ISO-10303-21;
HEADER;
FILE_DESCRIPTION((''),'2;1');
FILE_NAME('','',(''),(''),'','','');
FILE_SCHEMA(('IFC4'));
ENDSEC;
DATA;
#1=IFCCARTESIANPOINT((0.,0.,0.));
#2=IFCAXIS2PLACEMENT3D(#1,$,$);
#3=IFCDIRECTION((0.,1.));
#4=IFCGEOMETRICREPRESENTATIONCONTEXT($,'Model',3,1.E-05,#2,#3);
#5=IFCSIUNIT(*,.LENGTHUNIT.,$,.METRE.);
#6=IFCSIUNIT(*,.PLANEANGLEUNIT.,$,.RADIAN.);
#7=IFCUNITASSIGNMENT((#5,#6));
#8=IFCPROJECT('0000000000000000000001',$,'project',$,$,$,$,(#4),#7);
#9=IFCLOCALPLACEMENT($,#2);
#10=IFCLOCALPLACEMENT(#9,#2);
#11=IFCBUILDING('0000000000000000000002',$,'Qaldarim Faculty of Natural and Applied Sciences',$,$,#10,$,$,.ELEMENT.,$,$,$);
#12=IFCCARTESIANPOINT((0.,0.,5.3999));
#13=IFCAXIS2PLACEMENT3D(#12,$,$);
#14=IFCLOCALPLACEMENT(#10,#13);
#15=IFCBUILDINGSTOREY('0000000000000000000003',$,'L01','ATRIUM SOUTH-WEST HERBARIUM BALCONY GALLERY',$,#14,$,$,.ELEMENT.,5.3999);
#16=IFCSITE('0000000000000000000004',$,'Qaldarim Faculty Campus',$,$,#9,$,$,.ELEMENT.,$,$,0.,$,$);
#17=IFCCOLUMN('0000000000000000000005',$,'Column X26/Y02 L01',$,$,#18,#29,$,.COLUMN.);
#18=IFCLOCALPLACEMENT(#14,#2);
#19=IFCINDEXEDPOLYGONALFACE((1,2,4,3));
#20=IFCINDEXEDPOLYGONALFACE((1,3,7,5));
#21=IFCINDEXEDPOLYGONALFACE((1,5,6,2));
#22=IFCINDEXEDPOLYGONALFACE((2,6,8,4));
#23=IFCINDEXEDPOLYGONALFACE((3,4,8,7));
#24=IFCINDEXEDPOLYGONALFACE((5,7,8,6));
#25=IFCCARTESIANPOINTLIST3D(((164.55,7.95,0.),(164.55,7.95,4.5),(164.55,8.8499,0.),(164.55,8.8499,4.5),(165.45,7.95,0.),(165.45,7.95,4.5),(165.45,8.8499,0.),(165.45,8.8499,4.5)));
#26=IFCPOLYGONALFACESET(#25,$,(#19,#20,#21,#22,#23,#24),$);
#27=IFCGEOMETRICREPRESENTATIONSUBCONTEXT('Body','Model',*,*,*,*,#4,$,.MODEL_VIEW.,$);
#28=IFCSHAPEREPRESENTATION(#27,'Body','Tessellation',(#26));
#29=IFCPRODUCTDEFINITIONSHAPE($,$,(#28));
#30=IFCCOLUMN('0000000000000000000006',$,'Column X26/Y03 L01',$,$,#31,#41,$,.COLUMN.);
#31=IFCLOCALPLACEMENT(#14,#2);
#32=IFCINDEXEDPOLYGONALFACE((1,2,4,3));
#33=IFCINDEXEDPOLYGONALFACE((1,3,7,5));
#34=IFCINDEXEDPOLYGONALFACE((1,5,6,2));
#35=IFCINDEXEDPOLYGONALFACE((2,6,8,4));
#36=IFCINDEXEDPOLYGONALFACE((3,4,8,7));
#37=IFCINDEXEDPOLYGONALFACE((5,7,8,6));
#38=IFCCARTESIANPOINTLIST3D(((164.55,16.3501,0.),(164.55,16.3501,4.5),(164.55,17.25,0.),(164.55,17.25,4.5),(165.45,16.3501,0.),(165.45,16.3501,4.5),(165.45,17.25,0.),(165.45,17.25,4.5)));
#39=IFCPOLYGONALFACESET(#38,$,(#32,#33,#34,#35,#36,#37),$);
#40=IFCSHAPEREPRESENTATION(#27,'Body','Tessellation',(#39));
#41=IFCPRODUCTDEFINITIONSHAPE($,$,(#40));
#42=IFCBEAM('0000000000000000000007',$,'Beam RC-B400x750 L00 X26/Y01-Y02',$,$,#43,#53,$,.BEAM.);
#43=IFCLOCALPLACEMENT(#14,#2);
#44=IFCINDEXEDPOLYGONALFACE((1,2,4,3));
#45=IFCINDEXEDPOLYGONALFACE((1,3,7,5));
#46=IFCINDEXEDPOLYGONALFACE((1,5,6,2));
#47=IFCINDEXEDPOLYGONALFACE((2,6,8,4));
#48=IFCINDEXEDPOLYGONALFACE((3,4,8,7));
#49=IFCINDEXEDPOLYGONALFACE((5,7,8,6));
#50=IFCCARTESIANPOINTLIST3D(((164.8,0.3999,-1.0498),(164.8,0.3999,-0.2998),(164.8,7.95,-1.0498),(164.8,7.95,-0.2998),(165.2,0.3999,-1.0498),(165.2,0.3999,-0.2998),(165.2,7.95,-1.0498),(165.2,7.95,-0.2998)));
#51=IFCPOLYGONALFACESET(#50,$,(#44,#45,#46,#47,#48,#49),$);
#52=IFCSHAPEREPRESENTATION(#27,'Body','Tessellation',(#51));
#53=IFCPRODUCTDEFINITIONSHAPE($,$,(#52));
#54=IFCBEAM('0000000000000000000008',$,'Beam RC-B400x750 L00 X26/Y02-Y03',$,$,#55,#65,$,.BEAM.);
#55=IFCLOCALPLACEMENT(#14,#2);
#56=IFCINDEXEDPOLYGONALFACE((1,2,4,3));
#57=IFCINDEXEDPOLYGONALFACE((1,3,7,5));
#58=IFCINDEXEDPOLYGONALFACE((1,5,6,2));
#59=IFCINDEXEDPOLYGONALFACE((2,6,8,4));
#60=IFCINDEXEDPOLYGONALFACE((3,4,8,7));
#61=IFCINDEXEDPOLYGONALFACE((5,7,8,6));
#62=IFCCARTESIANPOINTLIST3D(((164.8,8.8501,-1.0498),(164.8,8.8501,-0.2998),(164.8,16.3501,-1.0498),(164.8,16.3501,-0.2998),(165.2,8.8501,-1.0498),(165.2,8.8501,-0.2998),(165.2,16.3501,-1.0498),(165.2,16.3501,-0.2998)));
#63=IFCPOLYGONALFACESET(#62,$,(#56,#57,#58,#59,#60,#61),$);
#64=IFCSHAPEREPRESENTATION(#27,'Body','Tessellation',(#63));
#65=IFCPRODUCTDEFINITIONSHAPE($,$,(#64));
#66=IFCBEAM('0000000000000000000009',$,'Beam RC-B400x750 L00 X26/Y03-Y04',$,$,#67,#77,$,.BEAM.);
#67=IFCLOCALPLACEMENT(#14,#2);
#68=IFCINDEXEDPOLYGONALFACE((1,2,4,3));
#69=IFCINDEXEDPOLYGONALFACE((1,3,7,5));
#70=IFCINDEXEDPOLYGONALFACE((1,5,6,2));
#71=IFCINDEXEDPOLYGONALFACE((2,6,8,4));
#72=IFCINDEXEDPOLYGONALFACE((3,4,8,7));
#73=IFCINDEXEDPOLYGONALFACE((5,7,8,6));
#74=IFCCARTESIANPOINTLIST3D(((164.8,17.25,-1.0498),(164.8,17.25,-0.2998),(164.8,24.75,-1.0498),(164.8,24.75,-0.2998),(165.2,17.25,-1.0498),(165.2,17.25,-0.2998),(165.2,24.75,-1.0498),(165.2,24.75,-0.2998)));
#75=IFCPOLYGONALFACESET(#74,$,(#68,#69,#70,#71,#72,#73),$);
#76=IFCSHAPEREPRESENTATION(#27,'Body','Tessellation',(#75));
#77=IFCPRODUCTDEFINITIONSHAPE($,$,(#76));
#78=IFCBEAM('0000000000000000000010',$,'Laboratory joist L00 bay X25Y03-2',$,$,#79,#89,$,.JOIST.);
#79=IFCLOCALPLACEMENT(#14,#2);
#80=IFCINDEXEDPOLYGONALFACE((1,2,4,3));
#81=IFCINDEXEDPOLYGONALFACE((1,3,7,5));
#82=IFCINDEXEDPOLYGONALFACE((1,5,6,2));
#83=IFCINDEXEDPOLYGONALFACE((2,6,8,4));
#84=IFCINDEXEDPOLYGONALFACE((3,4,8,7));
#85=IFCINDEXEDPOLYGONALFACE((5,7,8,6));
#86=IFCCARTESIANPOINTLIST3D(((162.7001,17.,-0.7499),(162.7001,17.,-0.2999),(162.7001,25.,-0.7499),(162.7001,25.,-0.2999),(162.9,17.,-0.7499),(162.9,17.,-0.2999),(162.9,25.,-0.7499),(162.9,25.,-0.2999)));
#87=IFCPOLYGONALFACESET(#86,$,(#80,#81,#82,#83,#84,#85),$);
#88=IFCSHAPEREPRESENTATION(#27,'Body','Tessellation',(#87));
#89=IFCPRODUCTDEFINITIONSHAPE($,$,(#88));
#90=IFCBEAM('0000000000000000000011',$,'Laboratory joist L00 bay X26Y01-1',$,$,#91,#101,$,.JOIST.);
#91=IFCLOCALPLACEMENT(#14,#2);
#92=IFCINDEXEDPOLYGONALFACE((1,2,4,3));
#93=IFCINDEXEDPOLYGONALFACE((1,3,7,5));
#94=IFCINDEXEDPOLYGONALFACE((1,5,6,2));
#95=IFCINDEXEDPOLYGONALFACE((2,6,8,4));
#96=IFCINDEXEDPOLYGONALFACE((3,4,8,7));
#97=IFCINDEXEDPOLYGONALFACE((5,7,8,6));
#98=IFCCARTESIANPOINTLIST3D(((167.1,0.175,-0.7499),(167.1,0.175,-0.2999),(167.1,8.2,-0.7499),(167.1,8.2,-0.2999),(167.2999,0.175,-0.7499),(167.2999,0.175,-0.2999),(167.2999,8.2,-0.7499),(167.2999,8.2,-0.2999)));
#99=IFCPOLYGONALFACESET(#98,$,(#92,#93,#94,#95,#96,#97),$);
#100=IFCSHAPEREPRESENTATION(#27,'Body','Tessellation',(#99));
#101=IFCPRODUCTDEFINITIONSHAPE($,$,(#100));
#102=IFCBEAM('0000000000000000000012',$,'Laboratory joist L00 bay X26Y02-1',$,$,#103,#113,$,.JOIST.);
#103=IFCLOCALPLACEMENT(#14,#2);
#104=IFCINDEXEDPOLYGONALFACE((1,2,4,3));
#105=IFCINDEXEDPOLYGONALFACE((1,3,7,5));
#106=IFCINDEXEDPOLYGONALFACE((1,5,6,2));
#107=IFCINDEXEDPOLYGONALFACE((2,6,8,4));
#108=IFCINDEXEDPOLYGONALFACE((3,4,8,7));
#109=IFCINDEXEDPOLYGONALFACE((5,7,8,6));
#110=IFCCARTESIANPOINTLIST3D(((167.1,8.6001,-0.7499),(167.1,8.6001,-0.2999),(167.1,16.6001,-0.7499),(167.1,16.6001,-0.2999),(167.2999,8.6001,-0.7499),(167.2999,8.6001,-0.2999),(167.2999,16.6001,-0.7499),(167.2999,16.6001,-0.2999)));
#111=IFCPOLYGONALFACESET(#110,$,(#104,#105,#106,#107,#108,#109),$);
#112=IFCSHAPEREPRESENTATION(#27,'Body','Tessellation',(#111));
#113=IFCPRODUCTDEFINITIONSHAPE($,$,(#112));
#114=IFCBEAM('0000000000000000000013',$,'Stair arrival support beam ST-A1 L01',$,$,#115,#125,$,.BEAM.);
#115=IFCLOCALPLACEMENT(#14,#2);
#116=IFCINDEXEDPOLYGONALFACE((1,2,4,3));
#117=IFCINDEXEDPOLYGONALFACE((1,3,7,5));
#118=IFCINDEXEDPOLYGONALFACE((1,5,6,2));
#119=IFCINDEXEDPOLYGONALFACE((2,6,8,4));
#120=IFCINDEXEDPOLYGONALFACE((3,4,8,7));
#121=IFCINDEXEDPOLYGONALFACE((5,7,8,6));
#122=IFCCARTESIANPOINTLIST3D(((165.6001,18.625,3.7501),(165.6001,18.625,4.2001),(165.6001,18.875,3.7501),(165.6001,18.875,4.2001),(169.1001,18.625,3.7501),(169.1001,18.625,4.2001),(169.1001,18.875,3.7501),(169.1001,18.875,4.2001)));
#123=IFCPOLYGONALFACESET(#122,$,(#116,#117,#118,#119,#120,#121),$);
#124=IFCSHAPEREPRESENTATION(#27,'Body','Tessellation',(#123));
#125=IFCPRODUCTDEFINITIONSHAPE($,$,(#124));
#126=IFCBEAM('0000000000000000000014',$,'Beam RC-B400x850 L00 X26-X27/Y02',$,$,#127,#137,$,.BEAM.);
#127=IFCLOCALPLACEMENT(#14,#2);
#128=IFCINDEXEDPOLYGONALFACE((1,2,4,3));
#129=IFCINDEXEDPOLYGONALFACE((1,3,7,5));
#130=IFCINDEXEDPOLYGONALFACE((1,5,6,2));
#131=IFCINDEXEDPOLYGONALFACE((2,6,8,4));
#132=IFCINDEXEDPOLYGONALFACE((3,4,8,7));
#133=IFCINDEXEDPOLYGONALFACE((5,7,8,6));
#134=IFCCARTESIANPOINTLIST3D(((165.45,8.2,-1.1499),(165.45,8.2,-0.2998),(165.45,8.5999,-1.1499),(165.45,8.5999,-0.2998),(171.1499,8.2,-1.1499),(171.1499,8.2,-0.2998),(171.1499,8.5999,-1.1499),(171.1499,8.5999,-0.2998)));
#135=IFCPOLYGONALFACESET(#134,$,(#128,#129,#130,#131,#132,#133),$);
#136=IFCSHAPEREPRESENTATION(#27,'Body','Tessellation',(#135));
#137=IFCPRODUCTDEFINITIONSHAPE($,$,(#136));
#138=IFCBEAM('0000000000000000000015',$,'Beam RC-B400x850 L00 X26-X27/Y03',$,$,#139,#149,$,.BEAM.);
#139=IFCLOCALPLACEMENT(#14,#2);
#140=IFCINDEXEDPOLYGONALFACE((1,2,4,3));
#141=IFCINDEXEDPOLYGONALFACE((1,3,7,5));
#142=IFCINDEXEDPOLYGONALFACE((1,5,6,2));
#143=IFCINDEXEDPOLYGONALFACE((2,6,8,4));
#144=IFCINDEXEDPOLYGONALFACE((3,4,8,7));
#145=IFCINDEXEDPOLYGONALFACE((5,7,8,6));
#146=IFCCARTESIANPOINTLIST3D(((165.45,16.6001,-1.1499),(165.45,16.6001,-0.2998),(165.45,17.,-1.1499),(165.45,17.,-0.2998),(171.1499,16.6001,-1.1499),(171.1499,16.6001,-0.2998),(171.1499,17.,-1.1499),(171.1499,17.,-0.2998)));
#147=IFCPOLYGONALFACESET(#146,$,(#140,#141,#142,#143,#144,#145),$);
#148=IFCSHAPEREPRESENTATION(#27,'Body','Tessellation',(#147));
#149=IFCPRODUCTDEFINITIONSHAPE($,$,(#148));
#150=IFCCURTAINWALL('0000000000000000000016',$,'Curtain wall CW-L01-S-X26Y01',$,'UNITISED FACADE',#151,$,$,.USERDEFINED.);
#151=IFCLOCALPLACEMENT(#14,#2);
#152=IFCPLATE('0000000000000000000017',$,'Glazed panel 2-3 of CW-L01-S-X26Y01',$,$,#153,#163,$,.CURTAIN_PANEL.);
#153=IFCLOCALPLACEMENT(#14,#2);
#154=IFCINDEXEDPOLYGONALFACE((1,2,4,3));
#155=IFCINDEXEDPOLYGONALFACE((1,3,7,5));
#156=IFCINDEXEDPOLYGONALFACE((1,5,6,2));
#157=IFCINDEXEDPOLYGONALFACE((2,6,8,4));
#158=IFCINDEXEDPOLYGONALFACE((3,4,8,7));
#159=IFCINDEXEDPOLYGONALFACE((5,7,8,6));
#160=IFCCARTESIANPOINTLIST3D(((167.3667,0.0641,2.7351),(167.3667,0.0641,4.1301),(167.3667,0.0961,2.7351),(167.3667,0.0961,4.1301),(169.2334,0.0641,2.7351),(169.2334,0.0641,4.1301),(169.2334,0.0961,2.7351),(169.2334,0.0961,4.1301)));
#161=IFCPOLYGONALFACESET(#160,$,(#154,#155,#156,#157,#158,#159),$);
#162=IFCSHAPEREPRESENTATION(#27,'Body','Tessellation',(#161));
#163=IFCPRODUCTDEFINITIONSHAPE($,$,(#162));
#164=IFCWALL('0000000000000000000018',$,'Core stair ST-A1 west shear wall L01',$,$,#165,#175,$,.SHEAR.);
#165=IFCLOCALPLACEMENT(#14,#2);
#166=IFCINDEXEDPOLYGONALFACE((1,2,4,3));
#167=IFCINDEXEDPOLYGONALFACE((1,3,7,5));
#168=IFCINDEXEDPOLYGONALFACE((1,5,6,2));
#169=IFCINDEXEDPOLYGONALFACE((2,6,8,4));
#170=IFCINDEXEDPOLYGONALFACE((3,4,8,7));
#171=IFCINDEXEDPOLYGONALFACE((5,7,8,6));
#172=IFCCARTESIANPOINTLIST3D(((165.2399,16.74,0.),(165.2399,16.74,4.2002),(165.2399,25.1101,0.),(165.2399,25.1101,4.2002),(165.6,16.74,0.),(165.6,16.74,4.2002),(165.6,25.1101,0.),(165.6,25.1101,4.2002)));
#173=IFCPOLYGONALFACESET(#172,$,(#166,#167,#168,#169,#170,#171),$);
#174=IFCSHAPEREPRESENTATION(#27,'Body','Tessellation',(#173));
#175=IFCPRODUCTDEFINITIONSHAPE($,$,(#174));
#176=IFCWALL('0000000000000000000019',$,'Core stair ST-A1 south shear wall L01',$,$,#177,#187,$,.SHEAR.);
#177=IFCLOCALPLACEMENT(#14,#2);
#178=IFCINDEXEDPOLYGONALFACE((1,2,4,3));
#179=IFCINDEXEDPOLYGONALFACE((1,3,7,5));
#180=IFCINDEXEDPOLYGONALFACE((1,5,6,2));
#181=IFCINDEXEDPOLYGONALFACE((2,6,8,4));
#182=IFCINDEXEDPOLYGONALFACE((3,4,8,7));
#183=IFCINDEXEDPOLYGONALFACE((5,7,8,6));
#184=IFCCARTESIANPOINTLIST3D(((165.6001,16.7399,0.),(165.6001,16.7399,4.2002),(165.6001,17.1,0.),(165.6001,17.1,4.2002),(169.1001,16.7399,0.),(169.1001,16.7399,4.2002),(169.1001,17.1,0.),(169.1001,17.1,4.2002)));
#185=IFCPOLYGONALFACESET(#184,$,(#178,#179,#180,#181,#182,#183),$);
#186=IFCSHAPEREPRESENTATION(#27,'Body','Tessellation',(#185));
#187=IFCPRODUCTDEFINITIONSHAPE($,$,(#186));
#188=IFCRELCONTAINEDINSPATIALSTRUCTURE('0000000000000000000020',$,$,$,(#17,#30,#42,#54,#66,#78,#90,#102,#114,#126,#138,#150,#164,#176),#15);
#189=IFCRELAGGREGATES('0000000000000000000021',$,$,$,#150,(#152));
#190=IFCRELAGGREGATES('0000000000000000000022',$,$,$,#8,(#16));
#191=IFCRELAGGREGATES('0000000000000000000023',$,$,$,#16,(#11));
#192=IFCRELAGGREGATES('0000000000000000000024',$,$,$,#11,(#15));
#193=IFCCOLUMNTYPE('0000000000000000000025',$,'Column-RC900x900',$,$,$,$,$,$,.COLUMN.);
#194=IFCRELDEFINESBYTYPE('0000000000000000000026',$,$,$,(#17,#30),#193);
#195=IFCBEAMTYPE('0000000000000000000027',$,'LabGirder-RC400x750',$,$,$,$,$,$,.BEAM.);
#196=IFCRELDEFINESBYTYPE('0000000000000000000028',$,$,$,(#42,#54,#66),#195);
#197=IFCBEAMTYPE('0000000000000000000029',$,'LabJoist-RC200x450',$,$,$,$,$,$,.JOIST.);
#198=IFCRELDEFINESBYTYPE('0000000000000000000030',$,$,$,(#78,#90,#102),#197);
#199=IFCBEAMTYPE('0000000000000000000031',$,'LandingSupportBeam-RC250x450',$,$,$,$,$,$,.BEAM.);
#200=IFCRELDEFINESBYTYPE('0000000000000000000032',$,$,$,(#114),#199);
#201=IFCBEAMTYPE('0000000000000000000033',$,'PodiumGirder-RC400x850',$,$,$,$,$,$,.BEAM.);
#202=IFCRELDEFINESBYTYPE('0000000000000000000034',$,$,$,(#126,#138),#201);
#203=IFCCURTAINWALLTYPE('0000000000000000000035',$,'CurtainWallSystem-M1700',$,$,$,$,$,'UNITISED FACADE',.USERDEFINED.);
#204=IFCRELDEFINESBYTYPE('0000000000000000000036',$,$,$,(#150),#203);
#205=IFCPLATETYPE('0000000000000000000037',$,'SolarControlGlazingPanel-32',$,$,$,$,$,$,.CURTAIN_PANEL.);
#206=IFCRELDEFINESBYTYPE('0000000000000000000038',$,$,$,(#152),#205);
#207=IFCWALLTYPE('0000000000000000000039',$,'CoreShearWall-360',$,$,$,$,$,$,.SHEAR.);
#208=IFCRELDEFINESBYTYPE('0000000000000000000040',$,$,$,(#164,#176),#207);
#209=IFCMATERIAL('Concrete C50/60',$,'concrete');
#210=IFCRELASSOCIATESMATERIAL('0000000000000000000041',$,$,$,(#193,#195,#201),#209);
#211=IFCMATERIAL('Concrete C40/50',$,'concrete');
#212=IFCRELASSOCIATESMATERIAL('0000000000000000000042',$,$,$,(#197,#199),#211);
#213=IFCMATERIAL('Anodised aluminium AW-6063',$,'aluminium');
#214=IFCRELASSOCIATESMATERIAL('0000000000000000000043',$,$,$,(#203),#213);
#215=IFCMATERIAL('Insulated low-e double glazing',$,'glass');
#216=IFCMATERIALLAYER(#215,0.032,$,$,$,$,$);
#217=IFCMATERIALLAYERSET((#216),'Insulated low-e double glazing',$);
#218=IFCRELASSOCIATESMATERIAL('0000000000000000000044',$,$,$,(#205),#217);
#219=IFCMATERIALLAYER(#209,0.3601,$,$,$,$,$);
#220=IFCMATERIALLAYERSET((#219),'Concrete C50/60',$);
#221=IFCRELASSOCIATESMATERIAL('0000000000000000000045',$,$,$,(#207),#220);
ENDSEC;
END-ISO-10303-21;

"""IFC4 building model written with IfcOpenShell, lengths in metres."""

from ifc_helpers import new_model, si_unit, direction, frame, frame_2d, origin, origin_2d, place, context, subcontext, project, spatial, rectangle, extrude, material, layer, layer_set, material_profile, profile_set, type_object, element, aggregate, save


model = new_model("IFC4")

# Units and contexts
model_context = context("Model", 3, precision=1e-05, world=origin(), true_north=direction((0.0, 1.0)))
body_context = subcontext(model_context, "Body", "Model", "MODEL_VIEW")
ifc_project = project(units=[si_unit("LENGTHUNIT", "METRE"), si_unit("PLANEANGLEUNIT", "RADIAN")], contexts=[model_context])

# Site, building, storey
site_placement = place(None, origin())
site = spatial("IfcSite", under=ifc_project, at=site_placement, Name="Qaldarim Faculty Campus", CompositionType="ELEMENT", RefElevation=0.0)
building_placement = place(site_placement, origin())
building = spatial("IfcBuilding", under=site, at=building_placement, Name="Qaldarim Faculty of Natural and Applied Sciences", CompositionType="ELEMENT")
storey_placement = place(building_placement, frame((0.0, 0.0, 5.3999)))
storey = spatial("IfcBuildingStorey", under=building, at=storey_placement, Name="L01", Description="ATRIUM SOUTH-WEST HERBARIUM BALCONY GALLERY", CompositionType="ELEMENT", Elevation=5.3999)

# Columns
ifc_material_1 = material(Name="Concrete C50/60", Category="concrete")
ifc_material_profile_1 = material_profile(ifc_material_1, rectangle(XDim=0.8999, YDim=0.8999, at=origin_2d()), Name="RC-C900x900")
ifc_profile_set_1 = profile_set([ifc_material_profile_1], Name="Concrete C50/60")
column_type = type_object("IfcColumnType", Name="Column-RC900x900", PredefinedType="COLUMN", material=ifc_profile_set_1)
for number, where, z_axis, x_axis, name in (
    (1, (165.0, 8.3999, 0.0), (0.0, 0.0, 1.0), (1.0, 0.0, 0.0), "Column X26/Y02 L01"),
    (2, (165.0, 16.8, 0.0), (0.0, 0.0, 1.0), (1.0, 0.0, 0.0), "Column X26/Y03 L01"),
):
    element("IfcColumn", number, at=place(storey_placement, frame(where, z_axis=z_axis, x_axis=x_axis)), inside=storey, type_object=column_type, Name=name, PredefinedType="COLUMN", context=body_context, shape_type="SweptSolid", body=[
        extrude(rectangle(XDim=0.8999, YDim=0.8999, at=origin_2d()), origin(), (0.0, 0.0, 1.0), 4.5),
    ])

# Beams
ifc_material_profile_2 = material_profile(ifc_material_1, rectangle(XDim=0.3999, YDim=0.75, at=origin_2d()), Name="RC-B400x750")
ifc_profile_set_2 = profile_set([ifc_material_profile_2], Name="Concrete C50/60")
beam_type_1 = type_object("IfcBeamType", Name="LabGirder-RC400x750", PredefinedType="BEAM", material=ifc_profile_set_2)
beam_1_placement = place(storey_placement, frame((165.0, 0.3999, -0.6748), z_axis=(0.0, 1.0, 0.0), x_axis=(-1.0, 0.0, 0.0)))
element("IfcBeam", 3, at=beam_1_placement, inside=storey, type_object=beam_type_1, Name="Beam RC-B400x750 L00 X26/Y01-Y02", PredefinedType="BEAM", context=body_context, shape_type="SweptSolid", body=[
    extrude(rectangle(XDim=0.3999, YDim=0.75, at=origin_2d()), origin(), (0.0, 0.0, 1.0), 7.55),
])
for number, where, z_axis, x_axis, name in (
    (4, (165.0, 8.8501, -0.6748), (0.0, 1.0, 0.0), (-1.0, 0.0, 0.0), "Beam RC-B400x750 L00 X26/Y02-Y03"),
    (5, (165.0, 17.25, -0.6748), (0.0, 1.0, 0.0), (-1.0, 0.0, 0.0), "Beam RC-B400x750 L00 X26/Y03-Y04"),
):
    element("IfcBeam", number, at=place(storey_placement, frame(where, z_axis=z_axis, x_axis=x_axis)), inside=storey, type_object=beam_type_1, Name=name, PredefinedType="BEAM", context=body_context, shape_type="SweptSolid", body=[
        extrude(rectangle(XDim=0.3999, YDim=0.75, at=origin_2d()), origin(), (0.0, 0.0, 1.0), 7.5),
    ])
ifc_material_2 = material(Name="Concrete C40/50", Category="concrete")
ifc_material_profile_3 = material_profile(ifc_material_2, rectangle(XDim=0.2, YDim=0.45, at=origin_2d()), Name="RC-J200x450")
ifc_profile_set_3 = profile_set([ifc_material_profile_3], Name="Concrete C40/50")
beam_type_2 = type_object("IfcBeamType", Name="LabJoist-RC200x450", PredefinedType="JOIST", material=ifc_profile_set_3)
beam_2_placement = place(storey_placement, frame((162.8, 17.0, -0.5249), z_axis=(0.0, 1.0, 0.0), x_axis=(-1.0, 0.0, 0.0)))
element("IfcBeam", 6, at=beam_2_placement, inside=storey, type_object=beam_type_2, Name="Laboratory joist L00 bay X25Y03-2", PredefinedType="JOIST", context=body_context, shape_type="SweptSolid", body=[
    extrude(rectangle(XDim=0.2, YDim=0.45, at=origin_2d()), origin(), (0.0, 0.0, 1.0), 8.0),
])
beam_3_placement = place(storey_placement, frame((167.2, 0.175, -0.5249), z_axis=(0.0, 1.0, 0.0), x_axis=(-1.0, 0.0, 0.0)))
element("IfcBeam", 7, at=beam_3_placement, inside=storey, type_object=beam_type_2, Name="Laboratory joist L00 bay X26Y01-1", PredefinedType="JOIST", context=body_context, shape_type="SweptSolid", body=[
    extrude(rectangle(XDim=0.2, YDim=0.45, at=origin_2d()), origin(), (0.0, 0.0, 1.0), 8.0249),
])
beam_4_placement = place(storey_placement, frame((167.2, 8.6001, -0.5249), z_axis=(0.0, 1.0, 0.0), x_axis=(-1.0, 0.0, 0.0)))
element("IfcBeam", 8, at=beam_4_placement, inside=storey, type_object=beam_type_2, Name="Laboratory joist L00 bay X26Y02-1", PredefinedType="JOIST", context=body_context, shape_type="SweptSolid", body=[
    extrude(rectangle(XDim=0.2, YDim=0.45, at=origin_2d()), origin(), (0.0, 0.0, 1.0), 8.0),
])
ifc_material_profile_4 = material_profile(ifc_material_2, rectangle(XDim=0.25, YDim=0.45, at=origin_2d()), Name="RC-LN250x450")
ifc_profile_set_4 = profile_set([ifc_material_profile_4], Name="Concrete C40/50")
beam_type_3 = type_object("IfcBeamType", Name="LandingSupportBeam-RC250x450", PredefinedType="BEAM", material=ifc_profile_set_4)
beam_5_placement = place(storey_placement, frame((165.6001, 18.75, 3.9751), z_axis=(1.0, 0.0, 0.0), x_axis=(0.0, 1.0, 0.0)))
element("IfcBeam", 9, at=beam_5_placement, inside=storey, type_object=beam_type_3, Name="Stair arrival support beam ST-A1 L01", PredefinedType="BEAM", context=body_context, shape_type="SweptSolid", body=[
    extrude(rectangle(XDim=0.25, YDim=0.45, at=origin_2d()), origin(), (0.0, 0.0, 1.0), 3.5),
])
ifc_material_profile_5 = material_profile(ifc_material_1, rectangle(XDim=0.3999, YDim=0.8501, at=origin_2d()), Name="RC-B400x850")
ifc_profile_set_5 = profile_set([ifc_material_profile_5], Name="Concrete C50/60")
beam_type_4 = type_object("IfcBeamType", Name="PodiumGirder-RC400x850", PredefinedType="BEAM", material=ifc_profile_set_5)
for number, where, z_axis, x_axis, name in (
    (10, (165.45, 8.3999, -0.7249), (1.0, 0.0, 0.0), (0.0, 1.0, 0.0), "Beam RC-B400x850 L00 X26-X27/Y02"),
    (11, (165.45, 16.8, -0.7249), (1.0, 0.0, 0.0), (0.0, 1.0, 0.0), "Beam RC-B400x850 L00 X26-X27/Y03"),
):
    element("IfcBeam", number, at=place(storey_placement, frame(where, z_axis=z_axis, x_axis=x_axis)), inside=storey, type_object=beam_type_4, Name=name, PredefinedType="BEAM", context=body_context, shape_type="SweptSolid", body=[
        extrude(rectangle(XDim=0.3999, YDim=0.8501, at=origin_2d()), origin(), (0.0, 0.0, 1.0), 5.7),
    ])

# Curtain wall, plate
ifc_material_3 = material(Name="Anodised aluminium AW-6063", Category="aluminium")
curtain_wall_type = type_object("IfcCurtainWallType", Name="CurtainWallSystem-M1700", ElementType="UNITISED FACADE", PredefinedType="USERDEFINED", material=ifc_material_3)
curtain_wall_placement = place(storey_placement, origin())
curtain_wall = element("IfcCurtainWall", 12, at=curtain_wall_placement, inside=storey, type_object=curtain_wall_type, Name="Curtain wall CW-L01-S-X26Y01", ObjectType="UNITISED FACADE", PredefinedType="USERDEFINED")
ifc_material_4 = material(Name="Insulated low-e double glazing", Category="glass")
ifc_layer_1 = layer(ifc_material_4, 0.032)
ifc_layer_set_1 = layer_set([ifc_layer_1], Name="Insulated low-e double glazing")
plate_type = type_object("IfcPlateType", Name="SolarControlGlazingPanel-32", PredefinedType="CURTAIN_PANEL", material=ifc_layer_set_1)
plate_placement = place(storey_placement, frame((168.3, 0.0801, 2.7351), z_axis=(0.0, 0.0, 1.0), x_axis=(1.0, 0.0, 0.0)))
plate = element("IfcPlate", 13, at=plate_placement, type_object=plate_type, Name="Glazed panel 2-3 of CW-L01-S-X26Y01", PredefinedType="CURTAIN_PANEL", context=body_context, shape_type="SweptSolid", body=[
    extrude(rectangle(XDim=1.8667, YDim=0.032, at=origin_2d()), origin(), (0.0, 0.0, 1.0), 1.395),
])
aggregate(curtain_wall, [plate])

# Walls
ifc_layer_2 = layer(ifc_material_1, 0.3601)
ifc_layer_set_2 = layer_set([ifc_layer_2], Name="Concrete C50/60")
wall_type_1 = type_object("IfcWallType", Name="CoreShearWall-360", PredefinedType="SHEAR", material=ifc_layer_set_2)
wall_1_placement = place(storey_placement, frame((165.4199, 16.74, 0.0), z_axis=(0.0, 0.0, 1.0), x_axis=(0.0, 1.0, 0.0)))
element("IfcWall", 14, at=wall_1_placement, inside=storey, type_object=wall_type_1, Name="Core stair ST-A1 west shear wall L01", PredefinedType="SHEAR", context=body_context, shape_type="SweptSolid", body=[
    extrude(rectangle(XDim=8.3701, YDim=0.3601, at=frame_2d((4.1851, 0.0))), origin(), (0.0, 0.0, 1.0), 4.2002),
])
wall_2_placement = place(storey_placement, frame((165.6001, 16.9199, 0.0), z_axis=(0.0, 0.0, 1.0), x_axis=(1.0, 0.0, 0.0)))
element("IfcWall", 15, at=wall_2_placement, inside=storey, type_object=wall_type_1, Name="Core stair ST-A1 south shear wall L01", PredefinedType="SHEAR", context=body_context, shape_type="SweptSolid", body=[
    extrude(rectangle(XDim=3.5, YDim=0.3601, at=frame_2d((1.75, 0.0))), origin(), (0.0, 0.0, 1.0), 4.2002),
])

save(model, "model.ifc")
